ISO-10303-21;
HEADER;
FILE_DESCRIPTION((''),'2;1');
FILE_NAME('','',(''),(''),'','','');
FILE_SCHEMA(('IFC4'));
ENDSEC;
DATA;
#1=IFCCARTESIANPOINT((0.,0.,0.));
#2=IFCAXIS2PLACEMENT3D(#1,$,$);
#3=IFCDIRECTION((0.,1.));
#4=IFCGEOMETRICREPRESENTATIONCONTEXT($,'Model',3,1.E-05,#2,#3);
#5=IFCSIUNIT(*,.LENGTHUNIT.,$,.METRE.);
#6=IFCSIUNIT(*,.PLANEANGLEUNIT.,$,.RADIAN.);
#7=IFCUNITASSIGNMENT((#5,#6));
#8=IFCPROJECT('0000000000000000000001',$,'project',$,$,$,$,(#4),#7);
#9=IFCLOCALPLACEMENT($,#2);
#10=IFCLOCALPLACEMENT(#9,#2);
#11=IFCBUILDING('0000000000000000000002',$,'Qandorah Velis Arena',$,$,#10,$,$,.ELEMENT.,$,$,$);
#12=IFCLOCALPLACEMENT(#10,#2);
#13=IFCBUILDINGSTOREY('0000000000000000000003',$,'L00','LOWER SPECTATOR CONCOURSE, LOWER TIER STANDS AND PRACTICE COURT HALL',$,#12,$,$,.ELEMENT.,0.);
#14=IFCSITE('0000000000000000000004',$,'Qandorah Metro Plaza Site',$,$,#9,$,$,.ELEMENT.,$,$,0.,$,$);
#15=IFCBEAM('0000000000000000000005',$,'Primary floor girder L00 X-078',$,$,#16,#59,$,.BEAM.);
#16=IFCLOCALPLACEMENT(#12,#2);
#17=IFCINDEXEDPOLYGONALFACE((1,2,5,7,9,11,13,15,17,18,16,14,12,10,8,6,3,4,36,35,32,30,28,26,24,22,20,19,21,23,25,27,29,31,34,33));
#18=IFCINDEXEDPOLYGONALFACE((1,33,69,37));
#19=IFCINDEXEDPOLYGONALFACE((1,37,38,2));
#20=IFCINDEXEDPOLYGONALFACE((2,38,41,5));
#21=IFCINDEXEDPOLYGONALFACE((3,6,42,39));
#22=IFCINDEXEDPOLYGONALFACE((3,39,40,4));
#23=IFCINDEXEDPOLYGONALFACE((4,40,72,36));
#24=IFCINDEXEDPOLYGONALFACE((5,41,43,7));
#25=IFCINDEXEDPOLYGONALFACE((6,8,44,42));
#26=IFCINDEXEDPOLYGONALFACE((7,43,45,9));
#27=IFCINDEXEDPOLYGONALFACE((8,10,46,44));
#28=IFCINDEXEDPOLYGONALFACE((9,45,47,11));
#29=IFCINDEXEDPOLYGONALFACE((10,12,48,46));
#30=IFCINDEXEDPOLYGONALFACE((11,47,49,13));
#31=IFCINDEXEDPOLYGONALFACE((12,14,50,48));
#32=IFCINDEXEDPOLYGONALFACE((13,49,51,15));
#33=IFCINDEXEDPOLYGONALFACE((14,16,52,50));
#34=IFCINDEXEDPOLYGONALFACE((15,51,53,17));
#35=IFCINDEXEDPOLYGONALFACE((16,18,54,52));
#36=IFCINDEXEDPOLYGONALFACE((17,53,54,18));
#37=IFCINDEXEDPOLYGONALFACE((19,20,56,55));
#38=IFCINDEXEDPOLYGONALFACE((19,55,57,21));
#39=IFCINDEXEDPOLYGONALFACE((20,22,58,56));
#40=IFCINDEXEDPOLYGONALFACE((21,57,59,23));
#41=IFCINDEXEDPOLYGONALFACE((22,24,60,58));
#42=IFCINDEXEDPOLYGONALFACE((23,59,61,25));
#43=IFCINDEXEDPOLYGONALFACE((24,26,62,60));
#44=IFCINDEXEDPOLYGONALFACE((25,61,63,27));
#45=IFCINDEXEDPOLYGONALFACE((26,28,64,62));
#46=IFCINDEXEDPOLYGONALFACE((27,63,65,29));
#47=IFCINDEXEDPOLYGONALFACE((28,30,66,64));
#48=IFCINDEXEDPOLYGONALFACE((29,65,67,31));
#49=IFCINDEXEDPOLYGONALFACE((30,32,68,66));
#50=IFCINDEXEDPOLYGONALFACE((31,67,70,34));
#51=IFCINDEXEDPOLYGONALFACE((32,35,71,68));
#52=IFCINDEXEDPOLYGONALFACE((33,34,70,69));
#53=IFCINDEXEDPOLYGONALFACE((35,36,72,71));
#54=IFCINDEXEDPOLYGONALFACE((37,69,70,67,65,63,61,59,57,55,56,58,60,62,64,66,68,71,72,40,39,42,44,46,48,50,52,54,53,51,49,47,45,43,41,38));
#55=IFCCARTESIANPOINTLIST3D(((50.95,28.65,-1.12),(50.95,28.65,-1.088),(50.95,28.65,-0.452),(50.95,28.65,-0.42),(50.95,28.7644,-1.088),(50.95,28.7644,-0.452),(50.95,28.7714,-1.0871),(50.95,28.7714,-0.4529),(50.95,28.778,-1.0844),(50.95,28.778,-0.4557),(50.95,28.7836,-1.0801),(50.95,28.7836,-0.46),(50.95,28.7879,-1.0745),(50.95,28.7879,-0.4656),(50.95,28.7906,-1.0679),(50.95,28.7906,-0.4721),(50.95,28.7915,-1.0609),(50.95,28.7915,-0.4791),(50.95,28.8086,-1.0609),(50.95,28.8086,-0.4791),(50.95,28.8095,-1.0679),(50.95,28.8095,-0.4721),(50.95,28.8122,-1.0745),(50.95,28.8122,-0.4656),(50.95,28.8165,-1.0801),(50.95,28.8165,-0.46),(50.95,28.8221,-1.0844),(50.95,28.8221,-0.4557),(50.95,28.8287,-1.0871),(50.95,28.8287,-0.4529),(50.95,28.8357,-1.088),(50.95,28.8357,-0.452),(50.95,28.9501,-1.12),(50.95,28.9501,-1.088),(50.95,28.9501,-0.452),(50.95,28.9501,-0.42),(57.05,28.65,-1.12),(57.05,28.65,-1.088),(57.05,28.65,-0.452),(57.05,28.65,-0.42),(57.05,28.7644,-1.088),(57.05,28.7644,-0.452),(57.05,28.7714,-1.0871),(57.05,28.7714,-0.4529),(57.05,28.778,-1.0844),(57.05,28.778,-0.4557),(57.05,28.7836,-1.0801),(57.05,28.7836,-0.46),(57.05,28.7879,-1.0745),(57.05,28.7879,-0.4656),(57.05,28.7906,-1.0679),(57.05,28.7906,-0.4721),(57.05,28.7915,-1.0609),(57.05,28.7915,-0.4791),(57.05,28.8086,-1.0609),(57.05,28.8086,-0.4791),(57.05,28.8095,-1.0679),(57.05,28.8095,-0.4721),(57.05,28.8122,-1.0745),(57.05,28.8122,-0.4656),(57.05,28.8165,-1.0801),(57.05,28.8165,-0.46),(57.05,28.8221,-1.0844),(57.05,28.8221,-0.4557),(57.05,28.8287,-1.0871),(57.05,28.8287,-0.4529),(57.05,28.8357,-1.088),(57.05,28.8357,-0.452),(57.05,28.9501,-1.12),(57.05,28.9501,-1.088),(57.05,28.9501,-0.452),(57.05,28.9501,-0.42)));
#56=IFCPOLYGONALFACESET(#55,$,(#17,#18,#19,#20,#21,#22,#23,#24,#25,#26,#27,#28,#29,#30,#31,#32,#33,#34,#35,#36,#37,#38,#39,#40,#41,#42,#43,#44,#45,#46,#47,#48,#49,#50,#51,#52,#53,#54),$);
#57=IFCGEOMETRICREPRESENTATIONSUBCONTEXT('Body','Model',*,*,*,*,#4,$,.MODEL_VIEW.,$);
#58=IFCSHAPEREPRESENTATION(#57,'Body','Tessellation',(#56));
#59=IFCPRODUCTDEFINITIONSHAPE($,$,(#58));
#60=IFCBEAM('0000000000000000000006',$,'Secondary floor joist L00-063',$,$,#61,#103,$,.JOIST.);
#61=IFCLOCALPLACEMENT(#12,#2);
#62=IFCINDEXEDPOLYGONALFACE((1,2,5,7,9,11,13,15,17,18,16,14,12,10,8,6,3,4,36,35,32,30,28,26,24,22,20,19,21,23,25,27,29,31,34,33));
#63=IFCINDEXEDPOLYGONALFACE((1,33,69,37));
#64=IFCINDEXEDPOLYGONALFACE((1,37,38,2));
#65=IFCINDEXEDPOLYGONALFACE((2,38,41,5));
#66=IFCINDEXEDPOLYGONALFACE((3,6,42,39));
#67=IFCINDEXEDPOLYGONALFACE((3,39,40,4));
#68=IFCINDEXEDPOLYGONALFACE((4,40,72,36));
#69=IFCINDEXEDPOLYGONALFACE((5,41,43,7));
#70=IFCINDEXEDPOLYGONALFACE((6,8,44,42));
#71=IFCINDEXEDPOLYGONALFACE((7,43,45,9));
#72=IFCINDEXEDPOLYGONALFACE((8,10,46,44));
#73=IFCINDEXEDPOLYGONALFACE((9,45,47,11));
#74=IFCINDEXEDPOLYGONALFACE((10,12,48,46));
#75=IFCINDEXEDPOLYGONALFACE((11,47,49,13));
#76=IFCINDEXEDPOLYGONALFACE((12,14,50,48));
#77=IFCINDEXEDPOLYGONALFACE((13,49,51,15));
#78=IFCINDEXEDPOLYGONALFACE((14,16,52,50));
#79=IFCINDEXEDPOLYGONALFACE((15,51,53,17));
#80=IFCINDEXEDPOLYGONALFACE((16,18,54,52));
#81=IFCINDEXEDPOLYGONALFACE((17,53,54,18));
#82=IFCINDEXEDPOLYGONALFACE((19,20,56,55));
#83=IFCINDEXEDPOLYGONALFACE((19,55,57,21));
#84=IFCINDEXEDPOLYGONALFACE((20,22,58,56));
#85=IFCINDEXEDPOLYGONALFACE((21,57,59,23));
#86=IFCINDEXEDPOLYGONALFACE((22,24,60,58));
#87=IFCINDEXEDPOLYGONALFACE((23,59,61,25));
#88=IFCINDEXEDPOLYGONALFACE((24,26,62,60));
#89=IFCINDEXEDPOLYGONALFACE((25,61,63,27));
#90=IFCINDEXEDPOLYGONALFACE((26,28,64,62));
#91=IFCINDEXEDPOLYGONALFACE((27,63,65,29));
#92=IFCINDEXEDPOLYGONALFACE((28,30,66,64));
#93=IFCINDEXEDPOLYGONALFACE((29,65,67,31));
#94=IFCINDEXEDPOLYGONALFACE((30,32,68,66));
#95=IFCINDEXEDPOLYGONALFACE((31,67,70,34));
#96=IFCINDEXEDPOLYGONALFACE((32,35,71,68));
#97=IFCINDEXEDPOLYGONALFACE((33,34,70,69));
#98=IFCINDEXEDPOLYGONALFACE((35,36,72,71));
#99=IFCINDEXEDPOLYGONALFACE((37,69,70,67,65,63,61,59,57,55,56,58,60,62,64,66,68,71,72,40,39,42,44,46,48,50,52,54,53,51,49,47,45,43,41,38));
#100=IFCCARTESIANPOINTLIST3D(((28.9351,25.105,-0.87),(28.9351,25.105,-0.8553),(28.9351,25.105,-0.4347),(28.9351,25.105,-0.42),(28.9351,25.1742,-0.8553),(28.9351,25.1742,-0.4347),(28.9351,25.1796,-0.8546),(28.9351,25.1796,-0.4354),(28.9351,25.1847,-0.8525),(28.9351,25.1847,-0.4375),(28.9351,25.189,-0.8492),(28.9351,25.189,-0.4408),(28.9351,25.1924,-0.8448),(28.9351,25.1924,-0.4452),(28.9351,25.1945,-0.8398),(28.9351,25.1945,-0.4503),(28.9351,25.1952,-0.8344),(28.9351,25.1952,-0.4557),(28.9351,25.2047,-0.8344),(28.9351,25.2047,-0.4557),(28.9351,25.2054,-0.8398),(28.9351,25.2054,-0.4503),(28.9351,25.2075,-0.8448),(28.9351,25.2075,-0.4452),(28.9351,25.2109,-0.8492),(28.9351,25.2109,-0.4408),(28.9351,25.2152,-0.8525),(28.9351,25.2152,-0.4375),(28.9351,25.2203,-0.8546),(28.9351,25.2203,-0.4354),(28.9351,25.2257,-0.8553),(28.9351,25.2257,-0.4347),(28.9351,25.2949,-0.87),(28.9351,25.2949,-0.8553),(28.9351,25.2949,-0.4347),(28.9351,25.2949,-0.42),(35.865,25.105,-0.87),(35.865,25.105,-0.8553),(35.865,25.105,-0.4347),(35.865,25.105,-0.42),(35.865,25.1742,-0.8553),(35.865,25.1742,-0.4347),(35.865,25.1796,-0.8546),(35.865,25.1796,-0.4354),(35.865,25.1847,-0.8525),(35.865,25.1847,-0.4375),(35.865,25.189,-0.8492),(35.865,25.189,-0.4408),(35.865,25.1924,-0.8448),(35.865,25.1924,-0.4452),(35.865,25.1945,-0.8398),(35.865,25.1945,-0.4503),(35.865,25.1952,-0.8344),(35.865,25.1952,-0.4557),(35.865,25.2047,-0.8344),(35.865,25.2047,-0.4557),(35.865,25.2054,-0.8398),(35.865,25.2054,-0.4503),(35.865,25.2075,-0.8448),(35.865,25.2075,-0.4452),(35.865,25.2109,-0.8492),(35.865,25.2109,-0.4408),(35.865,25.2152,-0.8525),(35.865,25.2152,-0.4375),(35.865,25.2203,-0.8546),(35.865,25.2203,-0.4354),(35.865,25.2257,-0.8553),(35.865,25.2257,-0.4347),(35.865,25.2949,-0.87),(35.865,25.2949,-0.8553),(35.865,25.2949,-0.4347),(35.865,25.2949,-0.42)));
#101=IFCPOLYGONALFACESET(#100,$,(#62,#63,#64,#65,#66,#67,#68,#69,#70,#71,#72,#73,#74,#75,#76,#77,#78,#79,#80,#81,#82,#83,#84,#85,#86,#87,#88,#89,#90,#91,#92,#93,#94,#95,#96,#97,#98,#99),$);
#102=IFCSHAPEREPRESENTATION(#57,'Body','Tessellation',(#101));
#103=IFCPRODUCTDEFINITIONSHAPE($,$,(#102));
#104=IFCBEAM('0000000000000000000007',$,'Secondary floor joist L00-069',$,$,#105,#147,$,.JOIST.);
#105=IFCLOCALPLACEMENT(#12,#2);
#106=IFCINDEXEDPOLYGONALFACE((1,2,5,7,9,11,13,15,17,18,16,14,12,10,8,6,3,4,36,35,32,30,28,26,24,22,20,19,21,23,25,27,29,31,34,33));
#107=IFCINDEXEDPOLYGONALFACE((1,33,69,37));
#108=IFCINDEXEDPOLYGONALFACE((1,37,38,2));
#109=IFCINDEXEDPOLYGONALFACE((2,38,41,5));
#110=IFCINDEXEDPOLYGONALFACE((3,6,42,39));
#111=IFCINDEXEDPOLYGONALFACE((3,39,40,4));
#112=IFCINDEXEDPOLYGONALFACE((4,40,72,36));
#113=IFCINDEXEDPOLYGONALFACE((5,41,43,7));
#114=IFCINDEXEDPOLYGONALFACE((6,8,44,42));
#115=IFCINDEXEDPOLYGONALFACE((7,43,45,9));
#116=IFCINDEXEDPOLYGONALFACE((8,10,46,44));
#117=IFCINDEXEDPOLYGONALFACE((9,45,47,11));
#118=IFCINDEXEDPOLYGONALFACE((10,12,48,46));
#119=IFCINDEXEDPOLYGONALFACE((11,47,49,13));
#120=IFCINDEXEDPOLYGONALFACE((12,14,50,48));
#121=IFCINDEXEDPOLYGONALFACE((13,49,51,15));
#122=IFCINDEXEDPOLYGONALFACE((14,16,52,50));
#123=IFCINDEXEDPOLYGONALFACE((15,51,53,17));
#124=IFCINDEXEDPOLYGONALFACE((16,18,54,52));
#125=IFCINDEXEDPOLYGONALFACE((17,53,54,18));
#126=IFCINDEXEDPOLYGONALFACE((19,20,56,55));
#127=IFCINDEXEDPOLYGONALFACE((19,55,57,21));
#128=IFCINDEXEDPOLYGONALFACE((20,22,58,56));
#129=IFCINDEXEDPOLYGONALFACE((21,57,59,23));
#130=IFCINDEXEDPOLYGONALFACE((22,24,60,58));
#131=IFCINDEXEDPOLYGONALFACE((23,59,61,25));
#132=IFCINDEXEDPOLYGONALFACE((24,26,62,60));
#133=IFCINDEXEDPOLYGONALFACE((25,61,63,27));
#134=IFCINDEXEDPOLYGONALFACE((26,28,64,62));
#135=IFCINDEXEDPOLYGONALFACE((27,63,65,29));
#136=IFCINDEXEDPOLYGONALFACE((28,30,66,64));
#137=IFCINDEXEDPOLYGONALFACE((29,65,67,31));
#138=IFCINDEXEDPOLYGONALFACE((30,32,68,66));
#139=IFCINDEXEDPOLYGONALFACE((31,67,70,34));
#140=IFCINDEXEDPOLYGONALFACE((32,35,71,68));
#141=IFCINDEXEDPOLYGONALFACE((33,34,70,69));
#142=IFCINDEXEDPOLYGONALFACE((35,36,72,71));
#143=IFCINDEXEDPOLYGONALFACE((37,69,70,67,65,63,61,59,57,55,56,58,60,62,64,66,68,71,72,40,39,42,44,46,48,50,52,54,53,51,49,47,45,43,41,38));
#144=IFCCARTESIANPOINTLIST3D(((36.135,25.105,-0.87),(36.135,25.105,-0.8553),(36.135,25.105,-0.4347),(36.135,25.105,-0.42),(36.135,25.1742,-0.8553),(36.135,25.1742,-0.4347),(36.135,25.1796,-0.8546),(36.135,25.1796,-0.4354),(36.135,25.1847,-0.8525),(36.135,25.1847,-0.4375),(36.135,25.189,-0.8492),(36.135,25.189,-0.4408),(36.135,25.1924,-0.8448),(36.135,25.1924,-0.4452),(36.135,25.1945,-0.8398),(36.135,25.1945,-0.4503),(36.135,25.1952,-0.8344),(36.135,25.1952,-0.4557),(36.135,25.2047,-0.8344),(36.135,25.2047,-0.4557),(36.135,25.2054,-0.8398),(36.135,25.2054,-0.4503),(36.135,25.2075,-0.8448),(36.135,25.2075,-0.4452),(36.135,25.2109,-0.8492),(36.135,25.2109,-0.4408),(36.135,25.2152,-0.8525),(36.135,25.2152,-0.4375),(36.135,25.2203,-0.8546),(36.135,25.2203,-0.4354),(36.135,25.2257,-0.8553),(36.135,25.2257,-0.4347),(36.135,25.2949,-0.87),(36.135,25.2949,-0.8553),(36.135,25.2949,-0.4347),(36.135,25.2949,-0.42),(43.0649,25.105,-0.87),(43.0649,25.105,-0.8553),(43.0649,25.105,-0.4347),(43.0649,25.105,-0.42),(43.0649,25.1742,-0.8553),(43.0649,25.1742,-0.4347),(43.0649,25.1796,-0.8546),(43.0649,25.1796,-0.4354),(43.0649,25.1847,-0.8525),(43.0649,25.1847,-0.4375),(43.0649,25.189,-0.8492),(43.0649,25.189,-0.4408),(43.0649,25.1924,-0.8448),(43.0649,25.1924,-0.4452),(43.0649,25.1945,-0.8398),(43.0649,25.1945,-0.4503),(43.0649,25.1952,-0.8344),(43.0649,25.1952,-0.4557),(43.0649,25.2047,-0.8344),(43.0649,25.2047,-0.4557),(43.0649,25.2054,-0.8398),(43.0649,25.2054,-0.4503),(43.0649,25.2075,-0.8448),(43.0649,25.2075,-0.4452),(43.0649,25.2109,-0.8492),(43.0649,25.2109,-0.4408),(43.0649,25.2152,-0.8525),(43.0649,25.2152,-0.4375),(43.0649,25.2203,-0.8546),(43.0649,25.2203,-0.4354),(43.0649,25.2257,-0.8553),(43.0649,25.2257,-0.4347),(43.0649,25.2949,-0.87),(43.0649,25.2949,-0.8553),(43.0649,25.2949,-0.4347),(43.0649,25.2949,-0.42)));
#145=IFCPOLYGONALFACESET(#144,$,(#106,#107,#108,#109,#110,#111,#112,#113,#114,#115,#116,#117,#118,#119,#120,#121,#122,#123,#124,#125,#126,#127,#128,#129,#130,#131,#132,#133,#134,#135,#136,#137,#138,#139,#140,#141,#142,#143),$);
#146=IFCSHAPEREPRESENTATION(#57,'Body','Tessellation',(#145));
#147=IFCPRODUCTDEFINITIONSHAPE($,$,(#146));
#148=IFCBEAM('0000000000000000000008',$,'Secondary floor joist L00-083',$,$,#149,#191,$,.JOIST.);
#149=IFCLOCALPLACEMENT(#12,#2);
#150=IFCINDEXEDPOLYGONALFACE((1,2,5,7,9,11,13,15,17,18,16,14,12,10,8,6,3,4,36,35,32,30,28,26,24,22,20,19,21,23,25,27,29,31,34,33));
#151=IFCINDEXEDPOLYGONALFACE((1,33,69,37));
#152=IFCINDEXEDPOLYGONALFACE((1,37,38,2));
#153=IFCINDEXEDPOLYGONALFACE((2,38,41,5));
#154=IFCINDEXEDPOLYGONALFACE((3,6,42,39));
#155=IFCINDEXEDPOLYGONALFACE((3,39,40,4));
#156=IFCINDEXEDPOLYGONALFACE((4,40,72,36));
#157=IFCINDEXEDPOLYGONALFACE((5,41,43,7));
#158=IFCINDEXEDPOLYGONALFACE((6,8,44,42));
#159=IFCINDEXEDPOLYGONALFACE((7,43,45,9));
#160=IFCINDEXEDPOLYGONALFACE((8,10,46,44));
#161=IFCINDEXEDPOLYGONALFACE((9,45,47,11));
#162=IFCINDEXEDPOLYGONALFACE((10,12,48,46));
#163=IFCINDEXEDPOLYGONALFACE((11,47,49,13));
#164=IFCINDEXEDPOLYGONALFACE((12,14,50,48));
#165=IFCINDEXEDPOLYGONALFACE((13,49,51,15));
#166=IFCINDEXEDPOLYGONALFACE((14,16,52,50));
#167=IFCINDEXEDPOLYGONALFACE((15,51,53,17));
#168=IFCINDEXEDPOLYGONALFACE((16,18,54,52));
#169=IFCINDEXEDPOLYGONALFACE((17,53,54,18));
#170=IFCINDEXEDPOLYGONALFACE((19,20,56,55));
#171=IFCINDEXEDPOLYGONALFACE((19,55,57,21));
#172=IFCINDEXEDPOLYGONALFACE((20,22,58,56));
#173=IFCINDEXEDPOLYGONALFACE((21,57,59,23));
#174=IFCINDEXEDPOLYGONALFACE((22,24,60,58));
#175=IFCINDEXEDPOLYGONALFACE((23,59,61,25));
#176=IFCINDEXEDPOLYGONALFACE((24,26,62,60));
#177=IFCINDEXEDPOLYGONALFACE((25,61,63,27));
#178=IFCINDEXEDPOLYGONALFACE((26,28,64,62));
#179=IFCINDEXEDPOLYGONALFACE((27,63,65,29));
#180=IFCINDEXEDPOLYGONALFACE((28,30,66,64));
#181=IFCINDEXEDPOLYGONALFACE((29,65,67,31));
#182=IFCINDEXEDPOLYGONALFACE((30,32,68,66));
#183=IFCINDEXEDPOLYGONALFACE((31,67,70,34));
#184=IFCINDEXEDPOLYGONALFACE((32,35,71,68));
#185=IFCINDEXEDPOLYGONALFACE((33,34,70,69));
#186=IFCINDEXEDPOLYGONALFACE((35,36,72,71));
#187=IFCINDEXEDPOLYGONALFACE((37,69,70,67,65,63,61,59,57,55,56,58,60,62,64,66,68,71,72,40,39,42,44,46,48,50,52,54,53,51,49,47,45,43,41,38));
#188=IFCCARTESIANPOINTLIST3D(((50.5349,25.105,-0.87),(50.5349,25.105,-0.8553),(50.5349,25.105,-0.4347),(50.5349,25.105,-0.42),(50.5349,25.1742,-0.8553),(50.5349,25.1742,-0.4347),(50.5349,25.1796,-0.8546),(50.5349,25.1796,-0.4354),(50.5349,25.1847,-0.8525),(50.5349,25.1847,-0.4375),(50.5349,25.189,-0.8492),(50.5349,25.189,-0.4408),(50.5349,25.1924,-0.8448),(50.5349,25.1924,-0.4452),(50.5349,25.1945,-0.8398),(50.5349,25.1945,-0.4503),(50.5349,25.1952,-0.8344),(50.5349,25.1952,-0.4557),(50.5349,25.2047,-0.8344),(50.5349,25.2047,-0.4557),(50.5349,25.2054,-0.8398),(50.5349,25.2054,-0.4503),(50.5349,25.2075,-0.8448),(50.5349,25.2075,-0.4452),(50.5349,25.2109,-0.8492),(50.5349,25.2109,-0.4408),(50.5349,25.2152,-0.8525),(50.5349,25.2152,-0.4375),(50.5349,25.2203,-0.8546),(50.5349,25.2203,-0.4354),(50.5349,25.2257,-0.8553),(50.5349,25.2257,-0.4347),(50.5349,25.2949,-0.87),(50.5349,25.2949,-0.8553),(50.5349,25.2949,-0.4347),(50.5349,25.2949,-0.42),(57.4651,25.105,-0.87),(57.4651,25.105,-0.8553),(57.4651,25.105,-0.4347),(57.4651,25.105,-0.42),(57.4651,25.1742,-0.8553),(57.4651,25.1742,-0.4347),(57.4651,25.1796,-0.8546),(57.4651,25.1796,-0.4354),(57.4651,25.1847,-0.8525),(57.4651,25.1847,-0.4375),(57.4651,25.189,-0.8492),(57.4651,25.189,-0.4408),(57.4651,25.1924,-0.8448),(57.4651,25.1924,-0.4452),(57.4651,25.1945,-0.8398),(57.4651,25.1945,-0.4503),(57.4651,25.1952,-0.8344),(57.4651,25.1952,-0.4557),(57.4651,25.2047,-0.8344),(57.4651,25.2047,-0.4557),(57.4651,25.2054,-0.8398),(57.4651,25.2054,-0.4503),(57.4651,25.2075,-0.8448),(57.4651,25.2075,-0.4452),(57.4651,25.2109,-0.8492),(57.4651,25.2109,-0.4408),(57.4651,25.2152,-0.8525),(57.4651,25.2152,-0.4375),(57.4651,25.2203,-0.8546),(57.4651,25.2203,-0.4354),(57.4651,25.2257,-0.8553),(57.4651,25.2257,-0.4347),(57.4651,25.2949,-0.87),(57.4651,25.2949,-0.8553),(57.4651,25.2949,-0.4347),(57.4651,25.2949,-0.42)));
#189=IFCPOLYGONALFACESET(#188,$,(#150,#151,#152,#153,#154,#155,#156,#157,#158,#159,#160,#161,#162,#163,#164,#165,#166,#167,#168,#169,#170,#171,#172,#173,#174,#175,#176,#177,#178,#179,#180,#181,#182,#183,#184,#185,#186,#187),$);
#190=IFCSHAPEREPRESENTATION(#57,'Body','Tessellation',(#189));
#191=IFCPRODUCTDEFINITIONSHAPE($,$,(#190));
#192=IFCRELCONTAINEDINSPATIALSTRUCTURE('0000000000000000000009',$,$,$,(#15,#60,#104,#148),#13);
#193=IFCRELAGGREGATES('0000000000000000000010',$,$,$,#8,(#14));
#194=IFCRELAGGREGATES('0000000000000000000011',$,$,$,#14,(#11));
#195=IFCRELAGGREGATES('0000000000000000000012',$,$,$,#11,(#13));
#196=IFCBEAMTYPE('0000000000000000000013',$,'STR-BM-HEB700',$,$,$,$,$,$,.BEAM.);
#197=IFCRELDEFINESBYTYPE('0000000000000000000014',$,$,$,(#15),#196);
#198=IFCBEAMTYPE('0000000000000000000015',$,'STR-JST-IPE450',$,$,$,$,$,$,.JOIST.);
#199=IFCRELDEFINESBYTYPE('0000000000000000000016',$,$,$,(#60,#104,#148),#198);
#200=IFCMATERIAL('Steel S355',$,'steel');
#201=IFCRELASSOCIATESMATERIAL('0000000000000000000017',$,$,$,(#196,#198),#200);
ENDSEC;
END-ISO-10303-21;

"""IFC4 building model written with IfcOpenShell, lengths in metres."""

from ifc_helpers import new_model, si_unit, direction, frame, origin, origin_2d, place, context, subcontext, project, spatial, i_section, extrude, material, material_profile, profile_set, type_object, element, save


model = new_model("IFC4")

# Units and contexts
model_context = context("Model", 3, precision=1e-05, world=origin(), true_north=direction((0.0, 1.0)))
body_context = subcontext(model_context, "Body", "Model", "MODEL_VIEW")
ifc_project = project(units=[si_unit("LENGTHUNIT", "METRE"), si_unit("PLANEANGLEUNIT", "RADIAN")], contexts=[model_context])

# Site, building, storey
site_placement = place(None, origin())
site = spatial("IfcSite", under=ifc_project, at=site_placement, Name="Qandorah Metro Plaza Site", CompositionType="ELEMENT", RefElevation=0.0)
building_placement = place(site_placement, origin())
building = spatial("IfcBuilding", under=site, at=building_placement, Name="Qandorah Velis Arena", CompositionType="ELEMENT")
storey_placement = place(building_placement, origin())
storey = spatial("IfcBuildingStorey", under=building, at=storey_placement, Name="L00", Description="LOWER SPECTATOR CONCOURSE, LOWER TIER STANDS AND PRACTICE COURT HALL", CompositionType="ELEMENT", Elevation=0.0)

# Beams
ifc_material_1 = material(Name="Steel S355", Category="steel")
ifc_material_profile_1 = material_profile(ifc_material_1, i_section(OverallWidth=0.3, OverallDepth=0.7, WebThickness=0.0171, FlangeThickness=0.032, FilletRadius=0.0271, at=origin_2d()), Name="HEB 700")
ifc_profile_set_1 = profile_set([ifc_material_profile_1], Name="Steel S355")
beam_type_1 = type_object("IfcBeamType", Name="STR-BM-HEB700", PredefinedType="BEAM", material=ifc_profile_set_1)
for number, where, z_axis, x_axis, name in (
    (1, (50.95, 28.8, -0.77), (1.0, 0.0, 0.0), (0.0, 1.0, 0.0), "Primary floor girder L00 X-078"),
):
    element("IfcBeam", number, at=place(storey_placement, frame(where, z_axis=z_axis, x_axis=x_axis)), inside=storey, type_object=beam_type_1, Name=name, PredefinedType="BEAM", context=body_context, shape_type="SweptSolid", body=[
        extrude(i_section(OverallWidth=0.3, OverallDepth=0.7, WebThickness=0.0171, FlangeThickness=0.032, FilletRadius=0.0271, at=origin_2d()), origin(), (0.0, 0.0, 1.0), 6.1001),
    ])
ifc_material_profile_2 = material_profile(ifc_material_1, i_section(OverallWidth=0.1899, OverallDepth=0.45, WebThickness=0.0095, FlangeThickness=0.0146, FilletRadius=0.021, at=origin_2d()), Name="IPE 450")
ifc_profile_set_2 = profile_set([ifc_material_profile_2], Name="Steel S355")
beam_type_2 = type_object("IfcBeamType", Name="STR-JST-IPE450", PredefinedType="JOIST", material=ifc_profile_set_2)
for number, where, z_axis, x_axis, name in (
    (2, (28.9351, 25.2, -0.645), (1.0, 0.0, 0.0), (0.0, 1.0, 0.0), "Secondary floor joist L00-063"),
    (3, (36.135, 25.2, -0.645), (1.0, 0.0, 0.0), (0.0, 1.0, 0.0), "Secondary floor joist L00-069"),
):
    element("IfcBeam", number, at=place(storey_placement, frame(where, z_axis=z_axis, x_axis=x_axis)), inside=storey, type_object=beam_type_2, Name=name, PredefinedType="JOIST", context=body_context, shape_type="SweptSolid", body=[
        extrude(i_section(OverallWidth=0.1899, OverallDepth=0.45, WebThickness=0.0095, FlangeThickness=0.0146, FilletRadius=0.021, at=origin_2d()), origin(), (0.0, 0.0, 1.0), 6.9299),
    ])
beam_1_placement = place(storey_placement, frame((50.5349, 25.2, -0.645), z_axis=(1.0, 0.0, 0.0), x_axis=(0.0, 1.0, 0.0)))
element("IfcBeam", 4, at=beam_1_placement, inside=storey, type_object=beam_type_2, Name="Secondary floor joist L00-083", PredefinedType="JOIST", context=body_context, shape_type="SweptSolid", body=[
    extrude(i_section(OverallWidth=0.1899, OverallDepth=0.45, WebThickness=0.0095, FlangeThickness=0.0146, FilletRadius=0.021, at=origin_2d()), origin(), (0.0, 0.0, 1.0), 6.9302),
])

save(model, "model.ifc")
